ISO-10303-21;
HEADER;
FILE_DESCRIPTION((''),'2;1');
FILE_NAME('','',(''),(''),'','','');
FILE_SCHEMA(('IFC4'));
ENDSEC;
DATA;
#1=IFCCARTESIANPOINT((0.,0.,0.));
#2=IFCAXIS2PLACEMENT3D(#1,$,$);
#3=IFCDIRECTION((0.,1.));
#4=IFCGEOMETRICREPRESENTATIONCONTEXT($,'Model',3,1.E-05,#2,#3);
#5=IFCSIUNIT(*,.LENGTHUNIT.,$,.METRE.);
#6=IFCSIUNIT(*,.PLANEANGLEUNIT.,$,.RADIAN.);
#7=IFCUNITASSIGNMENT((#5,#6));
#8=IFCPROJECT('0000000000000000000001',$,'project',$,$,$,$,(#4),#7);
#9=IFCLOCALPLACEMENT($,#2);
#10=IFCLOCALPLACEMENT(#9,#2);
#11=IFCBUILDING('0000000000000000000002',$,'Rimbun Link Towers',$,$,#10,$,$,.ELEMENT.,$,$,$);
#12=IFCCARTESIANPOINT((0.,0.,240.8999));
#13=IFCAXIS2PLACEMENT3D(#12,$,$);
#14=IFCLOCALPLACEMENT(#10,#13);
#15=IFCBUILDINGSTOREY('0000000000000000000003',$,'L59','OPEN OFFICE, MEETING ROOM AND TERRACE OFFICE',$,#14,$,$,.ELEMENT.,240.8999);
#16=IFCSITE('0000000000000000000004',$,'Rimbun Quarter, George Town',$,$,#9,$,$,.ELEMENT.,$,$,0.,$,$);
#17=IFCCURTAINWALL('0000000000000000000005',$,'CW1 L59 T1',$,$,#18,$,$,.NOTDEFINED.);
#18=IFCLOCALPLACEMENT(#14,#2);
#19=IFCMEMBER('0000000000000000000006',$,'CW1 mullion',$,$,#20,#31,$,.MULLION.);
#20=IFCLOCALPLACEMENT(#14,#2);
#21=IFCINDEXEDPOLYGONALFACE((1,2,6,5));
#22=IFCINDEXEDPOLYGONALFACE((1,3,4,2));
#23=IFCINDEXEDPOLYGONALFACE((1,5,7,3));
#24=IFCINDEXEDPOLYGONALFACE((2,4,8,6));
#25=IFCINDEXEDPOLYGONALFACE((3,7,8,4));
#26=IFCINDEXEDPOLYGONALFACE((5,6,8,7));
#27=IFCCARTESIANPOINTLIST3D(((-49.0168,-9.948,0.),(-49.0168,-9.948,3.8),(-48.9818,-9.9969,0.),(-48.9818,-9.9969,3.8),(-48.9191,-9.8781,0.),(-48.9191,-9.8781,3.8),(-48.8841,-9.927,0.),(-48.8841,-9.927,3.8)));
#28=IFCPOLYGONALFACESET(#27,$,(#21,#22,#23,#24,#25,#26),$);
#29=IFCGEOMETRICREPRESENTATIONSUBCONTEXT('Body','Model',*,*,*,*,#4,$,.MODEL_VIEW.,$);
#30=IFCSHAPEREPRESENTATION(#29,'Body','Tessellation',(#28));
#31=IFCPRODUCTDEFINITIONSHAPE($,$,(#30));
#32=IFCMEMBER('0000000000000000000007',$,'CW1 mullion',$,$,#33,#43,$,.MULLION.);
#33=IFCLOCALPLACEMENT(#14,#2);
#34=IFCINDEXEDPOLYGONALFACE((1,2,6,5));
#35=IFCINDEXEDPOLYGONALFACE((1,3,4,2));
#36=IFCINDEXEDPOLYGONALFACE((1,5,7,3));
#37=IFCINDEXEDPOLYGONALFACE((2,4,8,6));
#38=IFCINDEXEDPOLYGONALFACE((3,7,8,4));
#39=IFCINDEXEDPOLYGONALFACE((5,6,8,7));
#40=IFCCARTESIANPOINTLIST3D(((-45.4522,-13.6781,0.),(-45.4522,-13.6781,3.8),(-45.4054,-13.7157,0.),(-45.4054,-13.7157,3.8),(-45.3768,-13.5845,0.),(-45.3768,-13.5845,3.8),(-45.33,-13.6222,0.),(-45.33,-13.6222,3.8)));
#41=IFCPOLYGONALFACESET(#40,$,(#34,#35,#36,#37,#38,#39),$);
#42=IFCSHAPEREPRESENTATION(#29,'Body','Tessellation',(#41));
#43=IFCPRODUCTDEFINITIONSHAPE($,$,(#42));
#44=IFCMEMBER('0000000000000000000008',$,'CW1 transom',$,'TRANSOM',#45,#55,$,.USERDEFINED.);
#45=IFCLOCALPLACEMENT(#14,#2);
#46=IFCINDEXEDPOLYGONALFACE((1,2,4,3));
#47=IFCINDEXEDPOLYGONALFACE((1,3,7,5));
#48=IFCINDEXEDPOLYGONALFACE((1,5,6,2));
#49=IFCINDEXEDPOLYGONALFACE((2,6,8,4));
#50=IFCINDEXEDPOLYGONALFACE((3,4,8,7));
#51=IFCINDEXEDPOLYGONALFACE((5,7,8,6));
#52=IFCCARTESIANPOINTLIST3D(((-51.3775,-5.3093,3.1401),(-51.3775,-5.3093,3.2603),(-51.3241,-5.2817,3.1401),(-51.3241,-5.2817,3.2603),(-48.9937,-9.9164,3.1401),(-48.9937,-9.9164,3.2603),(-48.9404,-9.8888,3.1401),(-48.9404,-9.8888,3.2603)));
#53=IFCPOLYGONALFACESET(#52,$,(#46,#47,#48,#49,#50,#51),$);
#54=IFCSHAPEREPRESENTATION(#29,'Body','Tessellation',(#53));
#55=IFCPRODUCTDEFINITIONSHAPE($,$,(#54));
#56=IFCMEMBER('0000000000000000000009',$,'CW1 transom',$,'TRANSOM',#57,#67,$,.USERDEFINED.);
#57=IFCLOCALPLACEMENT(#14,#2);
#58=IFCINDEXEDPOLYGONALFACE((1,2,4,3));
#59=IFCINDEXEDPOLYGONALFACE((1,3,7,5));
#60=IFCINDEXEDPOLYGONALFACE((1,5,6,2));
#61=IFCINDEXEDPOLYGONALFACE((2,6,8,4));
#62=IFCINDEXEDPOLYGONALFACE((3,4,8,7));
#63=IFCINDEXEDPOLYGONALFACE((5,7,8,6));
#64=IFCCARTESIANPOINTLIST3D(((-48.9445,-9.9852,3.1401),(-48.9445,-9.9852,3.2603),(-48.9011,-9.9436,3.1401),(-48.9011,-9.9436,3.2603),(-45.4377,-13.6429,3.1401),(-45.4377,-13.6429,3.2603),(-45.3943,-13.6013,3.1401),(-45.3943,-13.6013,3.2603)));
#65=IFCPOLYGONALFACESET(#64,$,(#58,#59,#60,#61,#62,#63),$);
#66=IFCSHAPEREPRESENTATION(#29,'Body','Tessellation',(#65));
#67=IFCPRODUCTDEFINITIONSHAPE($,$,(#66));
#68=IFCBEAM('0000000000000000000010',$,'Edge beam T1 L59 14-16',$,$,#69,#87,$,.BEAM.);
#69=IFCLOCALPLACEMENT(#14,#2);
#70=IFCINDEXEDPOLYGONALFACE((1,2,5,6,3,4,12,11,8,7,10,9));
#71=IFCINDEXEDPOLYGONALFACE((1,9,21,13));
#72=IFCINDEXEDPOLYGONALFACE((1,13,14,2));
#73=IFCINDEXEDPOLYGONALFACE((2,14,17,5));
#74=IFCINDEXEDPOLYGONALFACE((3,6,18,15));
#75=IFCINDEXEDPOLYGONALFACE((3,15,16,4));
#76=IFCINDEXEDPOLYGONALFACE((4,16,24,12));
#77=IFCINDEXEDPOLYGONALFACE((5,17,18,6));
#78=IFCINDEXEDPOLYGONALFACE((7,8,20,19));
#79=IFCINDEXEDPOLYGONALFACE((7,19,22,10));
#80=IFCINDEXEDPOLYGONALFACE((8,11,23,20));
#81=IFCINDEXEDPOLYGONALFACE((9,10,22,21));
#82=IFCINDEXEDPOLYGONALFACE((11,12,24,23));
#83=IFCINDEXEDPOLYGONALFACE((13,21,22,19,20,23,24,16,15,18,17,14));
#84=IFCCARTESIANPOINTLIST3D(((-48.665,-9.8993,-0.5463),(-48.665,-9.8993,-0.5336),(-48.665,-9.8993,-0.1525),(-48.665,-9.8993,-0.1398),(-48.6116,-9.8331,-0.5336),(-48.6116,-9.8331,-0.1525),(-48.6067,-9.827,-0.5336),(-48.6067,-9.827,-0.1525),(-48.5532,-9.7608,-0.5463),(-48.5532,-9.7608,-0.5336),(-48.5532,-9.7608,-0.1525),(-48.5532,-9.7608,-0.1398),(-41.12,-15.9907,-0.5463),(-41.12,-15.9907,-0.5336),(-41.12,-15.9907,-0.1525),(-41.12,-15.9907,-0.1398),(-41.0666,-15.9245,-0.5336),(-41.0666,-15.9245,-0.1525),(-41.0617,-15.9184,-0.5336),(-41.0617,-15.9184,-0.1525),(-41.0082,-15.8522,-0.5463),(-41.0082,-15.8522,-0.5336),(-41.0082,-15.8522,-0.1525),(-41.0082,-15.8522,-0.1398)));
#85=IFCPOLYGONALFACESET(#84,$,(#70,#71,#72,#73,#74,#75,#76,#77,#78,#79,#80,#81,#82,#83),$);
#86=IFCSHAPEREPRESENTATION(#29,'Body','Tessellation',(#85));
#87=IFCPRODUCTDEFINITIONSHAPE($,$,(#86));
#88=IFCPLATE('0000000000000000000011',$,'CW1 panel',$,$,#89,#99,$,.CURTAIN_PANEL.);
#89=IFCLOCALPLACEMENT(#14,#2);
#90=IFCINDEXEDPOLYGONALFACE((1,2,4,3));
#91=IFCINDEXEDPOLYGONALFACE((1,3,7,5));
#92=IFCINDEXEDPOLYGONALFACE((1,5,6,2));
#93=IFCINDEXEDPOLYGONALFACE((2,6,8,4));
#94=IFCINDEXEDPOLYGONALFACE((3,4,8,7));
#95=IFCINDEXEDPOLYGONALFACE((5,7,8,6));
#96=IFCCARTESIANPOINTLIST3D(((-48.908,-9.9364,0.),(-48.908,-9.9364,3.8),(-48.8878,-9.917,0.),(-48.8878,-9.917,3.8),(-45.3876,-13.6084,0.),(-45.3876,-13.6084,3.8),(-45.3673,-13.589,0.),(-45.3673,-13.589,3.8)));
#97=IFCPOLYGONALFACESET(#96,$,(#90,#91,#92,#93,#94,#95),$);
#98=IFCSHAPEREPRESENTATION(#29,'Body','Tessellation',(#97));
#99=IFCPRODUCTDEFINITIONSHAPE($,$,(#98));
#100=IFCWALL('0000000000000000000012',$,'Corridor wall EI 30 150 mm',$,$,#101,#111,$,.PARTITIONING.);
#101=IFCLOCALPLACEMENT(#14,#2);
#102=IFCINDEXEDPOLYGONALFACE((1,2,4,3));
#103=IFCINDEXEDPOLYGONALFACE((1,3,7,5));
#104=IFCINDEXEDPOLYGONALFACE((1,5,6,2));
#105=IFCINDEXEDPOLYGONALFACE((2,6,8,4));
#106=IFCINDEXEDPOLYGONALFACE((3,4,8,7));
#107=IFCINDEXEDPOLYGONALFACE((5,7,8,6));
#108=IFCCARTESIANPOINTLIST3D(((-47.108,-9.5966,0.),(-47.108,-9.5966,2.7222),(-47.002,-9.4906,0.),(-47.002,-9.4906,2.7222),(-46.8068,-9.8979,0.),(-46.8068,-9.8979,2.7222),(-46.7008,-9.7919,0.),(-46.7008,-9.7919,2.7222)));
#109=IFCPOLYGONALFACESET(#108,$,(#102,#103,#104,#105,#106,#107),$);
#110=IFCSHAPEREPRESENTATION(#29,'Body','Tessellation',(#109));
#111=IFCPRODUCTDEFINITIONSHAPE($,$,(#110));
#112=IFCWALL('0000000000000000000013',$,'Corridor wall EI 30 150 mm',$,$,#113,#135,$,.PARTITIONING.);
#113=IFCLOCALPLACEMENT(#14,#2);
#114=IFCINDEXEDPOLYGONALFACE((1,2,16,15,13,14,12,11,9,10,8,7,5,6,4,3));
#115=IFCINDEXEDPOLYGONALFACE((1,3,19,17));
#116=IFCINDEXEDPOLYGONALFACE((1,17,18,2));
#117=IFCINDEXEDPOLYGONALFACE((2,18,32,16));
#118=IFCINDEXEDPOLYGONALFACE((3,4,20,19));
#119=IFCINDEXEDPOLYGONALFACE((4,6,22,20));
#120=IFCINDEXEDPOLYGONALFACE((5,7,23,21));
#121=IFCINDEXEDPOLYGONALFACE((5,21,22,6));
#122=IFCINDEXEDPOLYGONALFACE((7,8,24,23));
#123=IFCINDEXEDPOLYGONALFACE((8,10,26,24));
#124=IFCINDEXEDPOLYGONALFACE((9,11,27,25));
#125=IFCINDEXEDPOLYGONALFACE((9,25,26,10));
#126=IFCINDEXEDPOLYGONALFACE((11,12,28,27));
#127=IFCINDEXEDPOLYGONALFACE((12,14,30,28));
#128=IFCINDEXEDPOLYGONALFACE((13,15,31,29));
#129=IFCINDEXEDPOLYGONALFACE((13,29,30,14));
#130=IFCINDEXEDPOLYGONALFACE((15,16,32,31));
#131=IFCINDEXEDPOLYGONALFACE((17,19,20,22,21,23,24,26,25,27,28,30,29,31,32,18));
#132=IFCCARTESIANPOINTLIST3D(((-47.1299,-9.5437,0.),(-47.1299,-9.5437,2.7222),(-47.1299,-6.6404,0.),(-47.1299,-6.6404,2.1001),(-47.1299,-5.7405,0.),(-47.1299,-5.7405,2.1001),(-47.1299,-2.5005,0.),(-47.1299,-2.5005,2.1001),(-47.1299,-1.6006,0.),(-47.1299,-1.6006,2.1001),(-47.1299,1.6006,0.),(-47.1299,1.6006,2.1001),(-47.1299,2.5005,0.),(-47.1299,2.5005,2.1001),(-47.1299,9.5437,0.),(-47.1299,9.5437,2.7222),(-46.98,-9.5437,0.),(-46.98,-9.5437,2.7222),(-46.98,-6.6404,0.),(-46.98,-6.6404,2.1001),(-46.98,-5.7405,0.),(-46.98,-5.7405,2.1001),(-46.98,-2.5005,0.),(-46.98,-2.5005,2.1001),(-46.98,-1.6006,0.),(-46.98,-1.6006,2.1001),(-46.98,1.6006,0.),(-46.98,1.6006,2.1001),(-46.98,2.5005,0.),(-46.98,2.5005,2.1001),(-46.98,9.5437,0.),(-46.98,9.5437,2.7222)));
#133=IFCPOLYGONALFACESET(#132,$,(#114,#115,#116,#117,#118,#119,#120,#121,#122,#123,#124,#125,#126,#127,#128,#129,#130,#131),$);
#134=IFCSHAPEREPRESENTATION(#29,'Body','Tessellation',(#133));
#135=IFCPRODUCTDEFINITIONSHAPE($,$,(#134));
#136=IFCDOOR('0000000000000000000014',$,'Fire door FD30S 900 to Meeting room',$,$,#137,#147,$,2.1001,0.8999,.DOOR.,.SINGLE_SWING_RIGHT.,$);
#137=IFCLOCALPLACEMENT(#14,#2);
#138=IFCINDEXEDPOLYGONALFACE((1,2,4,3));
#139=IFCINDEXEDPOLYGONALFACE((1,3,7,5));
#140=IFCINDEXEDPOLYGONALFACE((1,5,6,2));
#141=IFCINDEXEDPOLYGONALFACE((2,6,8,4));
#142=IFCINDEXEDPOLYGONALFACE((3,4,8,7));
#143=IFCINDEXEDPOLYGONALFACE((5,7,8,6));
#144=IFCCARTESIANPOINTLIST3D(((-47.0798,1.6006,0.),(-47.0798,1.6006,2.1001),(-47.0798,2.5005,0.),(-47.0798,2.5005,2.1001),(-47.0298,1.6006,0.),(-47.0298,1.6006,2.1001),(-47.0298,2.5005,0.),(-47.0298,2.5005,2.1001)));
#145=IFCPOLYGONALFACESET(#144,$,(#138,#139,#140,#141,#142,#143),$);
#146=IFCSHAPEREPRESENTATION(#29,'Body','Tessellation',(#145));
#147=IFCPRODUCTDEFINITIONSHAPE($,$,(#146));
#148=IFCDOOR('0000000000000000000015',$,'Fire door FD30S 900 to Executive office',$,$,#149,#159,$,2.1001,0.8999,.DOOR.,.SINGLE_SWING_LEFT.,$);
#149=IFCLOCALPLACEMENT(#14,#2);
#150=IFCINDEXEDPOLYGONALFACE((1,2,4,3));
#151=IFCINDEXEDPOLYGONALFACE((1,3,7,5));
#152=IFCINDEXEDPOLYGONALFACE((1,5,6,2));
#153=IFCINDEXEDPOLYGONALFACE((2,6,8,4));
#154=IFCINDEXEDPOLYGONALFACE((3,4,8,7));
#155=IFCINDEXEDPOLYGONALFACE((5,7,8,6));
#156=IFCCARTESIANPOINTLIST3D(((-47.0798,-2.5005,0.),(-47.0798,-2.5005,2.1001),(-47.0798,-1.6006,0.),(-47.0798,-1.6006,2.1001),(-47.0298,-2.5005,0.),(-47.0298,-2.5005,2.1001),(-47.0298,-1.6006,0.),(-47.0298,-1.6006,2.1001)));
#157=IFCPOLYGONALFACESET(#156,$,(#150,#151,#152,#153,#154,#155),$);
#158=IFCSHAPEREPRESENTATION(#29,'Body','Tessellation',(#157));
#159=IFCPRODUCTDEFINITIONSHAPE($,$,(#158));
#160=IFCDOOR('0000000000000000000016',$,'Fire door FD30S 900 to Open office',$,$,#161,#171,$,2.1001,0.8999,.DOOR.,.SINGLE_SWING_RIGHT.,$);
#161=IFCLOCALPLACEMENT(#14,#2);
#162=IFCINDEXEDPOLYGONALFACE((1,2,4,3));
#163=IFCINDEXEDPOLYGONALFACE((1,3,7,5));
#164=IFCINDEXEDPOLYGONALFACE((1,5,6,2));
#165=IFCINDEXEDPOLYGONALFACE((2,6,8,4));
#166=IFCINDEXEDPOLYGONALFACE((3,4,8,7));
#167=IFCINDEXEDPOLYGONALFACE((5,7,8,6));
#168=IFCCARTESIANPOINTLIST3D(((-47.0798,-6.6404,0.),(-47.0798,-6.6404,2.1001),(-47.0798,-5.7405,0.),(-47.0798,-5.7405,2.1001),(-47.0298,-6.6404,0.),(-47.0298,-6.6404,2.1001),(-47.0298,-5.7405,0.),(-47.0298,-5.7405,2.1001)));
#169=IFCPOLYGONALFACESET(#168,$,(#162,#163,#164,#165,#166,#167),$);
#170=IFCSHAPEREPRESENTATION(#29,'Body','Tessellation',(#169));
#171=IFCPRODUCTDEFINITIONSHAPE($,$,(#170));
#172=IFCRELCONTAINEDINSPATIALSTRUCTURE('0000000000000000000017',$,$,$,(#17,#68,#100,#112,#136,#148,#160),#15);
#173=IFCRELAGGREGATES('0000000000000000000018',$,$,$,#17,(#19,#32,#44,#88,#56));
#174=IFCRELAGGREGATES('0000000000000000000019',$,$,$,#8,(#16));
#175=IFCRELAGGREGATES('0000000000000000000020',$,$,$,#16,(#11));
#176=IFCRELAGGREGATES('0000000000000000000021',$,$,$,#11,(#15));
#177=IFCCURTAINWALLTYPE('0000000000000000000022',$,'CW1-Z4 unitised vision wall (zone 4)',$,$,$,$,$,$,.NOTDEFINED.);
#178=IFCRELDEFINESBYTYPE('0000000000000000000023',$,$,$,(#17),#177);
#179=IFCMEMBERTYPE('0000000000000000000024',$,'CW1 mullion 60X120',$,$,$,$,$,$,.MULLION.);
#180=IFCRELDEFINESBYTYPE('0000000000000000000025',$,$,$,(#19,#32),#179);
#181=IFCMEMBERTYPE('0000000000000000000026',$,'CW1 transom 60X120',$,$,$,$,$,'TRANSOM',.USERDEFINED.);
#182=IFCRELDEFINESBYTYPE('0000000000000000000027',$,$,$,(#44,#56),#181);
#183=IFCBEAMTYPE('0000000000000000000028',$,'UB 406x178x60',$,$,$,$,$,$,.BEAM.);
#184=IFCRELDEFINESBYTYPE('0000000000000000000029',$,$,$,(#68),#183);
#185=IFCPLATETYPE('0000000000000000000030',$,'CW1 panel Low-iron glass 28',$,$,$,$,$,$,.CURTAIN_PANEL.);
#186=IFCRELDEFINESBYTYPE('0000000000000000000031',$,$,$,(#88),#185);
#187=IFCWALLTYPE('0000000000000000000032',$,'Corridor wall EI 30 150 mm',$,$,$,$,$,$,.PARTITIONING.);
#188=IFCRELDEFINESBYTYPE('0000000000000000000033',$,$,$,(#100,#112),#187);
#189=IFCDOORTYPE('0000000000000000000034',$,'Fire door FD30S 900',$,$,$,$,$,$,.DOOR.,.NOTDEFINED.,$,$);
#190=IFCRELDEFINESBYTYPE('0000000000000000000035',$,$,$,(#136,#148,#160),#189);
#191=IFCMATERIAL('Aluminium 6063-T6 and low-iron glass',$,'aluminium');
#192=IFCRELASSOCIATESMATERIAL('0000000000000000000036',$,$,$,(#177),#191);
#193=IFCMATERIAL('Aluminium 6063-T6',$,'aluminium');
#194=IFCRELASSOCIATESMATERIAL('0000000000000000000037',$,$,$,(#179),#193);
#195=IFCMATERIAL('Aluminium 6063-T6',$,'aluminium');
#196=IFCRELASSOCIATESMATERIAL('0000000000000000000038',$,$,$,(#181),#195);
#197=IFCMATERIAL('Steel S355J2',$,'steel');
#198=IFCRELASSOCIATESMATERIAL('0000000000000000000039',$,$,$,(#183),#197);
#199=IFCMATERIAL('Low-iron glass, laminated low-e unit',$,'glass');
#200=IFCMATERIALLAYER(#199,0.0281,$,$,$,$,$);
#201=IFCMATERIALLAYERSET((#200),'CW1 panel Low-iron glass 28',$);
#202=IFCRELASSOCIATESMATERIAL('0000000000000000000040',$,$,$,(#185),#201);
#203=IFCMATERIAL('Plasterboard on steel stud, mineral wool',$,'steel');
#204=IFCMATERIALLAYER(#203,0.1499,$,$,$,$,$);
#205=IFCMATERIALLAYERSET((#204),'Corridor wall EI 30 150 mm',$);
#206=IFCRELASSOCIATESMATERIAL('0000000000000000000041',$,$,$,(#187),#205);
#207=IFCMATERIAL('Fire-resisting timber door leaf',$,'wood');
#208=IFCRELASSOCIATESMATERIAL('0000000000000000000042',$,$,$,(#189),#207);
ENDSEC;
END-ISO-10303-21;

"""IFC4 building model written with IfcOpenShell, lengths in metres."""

from ifc_helpers import new_model, si_unit, direction, frame, frame_2d, origin, origin_2d, place, context, subcontext, project, spatial, rectangle, i_section, extrude, material, layer, layer_set, material_profile, profile_set, type_object, element, fill, aggregate, save


model = new_model("IFC4")

# Units and contexts
model_context = context("Model", 3, precision=1e-05, world=origin(), true_north=direction((0.0, 1.0)))
body_context = subcontext(model_context, "Body", "Model", "MODEL_VIEW")
ifc_project = project(units=[si_unit("LENGTHUNIT", "METRE"), si_unit("PLANEANGLEUNIT", "RADIAN")], contexts=[model_context])

# Site, building, storey
site_placement = place(None, origin())
site = spatial("IfcSite", under=ifc_project, at=site_placement, Name="Rimbun Quarter, George Town", CompositionType="ELEMENT", RefElevation=0.0)
building_placement = place(site_placement, origin())
building = spatial("IfcBuilding", under=site, at=building_placement, Name="Rimbun Link Towers", CompositionType="ELEMENT")
storey_placement = place(building_placement, frame((0.0, 0.0, 240.8999)))
storey = spatial("IfcBuildingStorey", under=building, at=storey_placement, Name="L59", Description="OPEN OFFICE, MEETING ROOM AND TERRACE OFFICE", CompositionType="ELEMENT", Elevation=240.8999)

# Curtain wall, members
ifc_material_1 = material(Name="Aluminium 6063-T6 and low-iron glass", Category="aluminium")
curtain_wall_type = type_object("IfcCurtainWallType", Name="CW1-Z4 unitised vision wall (zone 4)", PredefinedType="NOTDEFINED", material=ifc_material_1)
curtain_wall_placement = place(storey_placement, origin())
curtain_wall = element("IfcCurtainWall", 1, at=curtain_wall_placement, inside=storey, type_object=curtain_wall_type, Name="CW1 L59 T1", PredefinedType="NOTDEFINED")
ifc_material_2 = material(Name="Aluminium 6063-T6", Category="aluminium")
ifc_material_profile_1 = material_profile(ifc_material_2, rectangle(XDim=0.1201, YDim=0.0601, at=origin_2d()), Name="MULLION 60X120")
ifc_profile_set_1 = profile_set([ifc_material_profile_1], Name="Aluminium 6063-T6")
member_type_1 = type_object("IfcMemberType", Name="CW1 mullion 60X120", PredefinedType="MULLION", material=ifc_profile_set_1)
member_1_placement = place(storey_placement, frame((-48.9504, -9.9375, 0.0), z_axis=(0.0, 0.0, 1.0), x_axis=(-0.813348, -0.581778, 0.0)))
member_1 = element("IfcMember", 2, at=member_1_placement, type_object=member_type_1, Name="CW1 mullion", PredefinedType="MULLION", context=body_context, shape_type="SweptSolid", body=[
    extrude(rectangle(XDim=0.1201, YDim=0.0601, at=origin_2d()), origin(), (0.0, 0.0, 1.0), 3.8),
])
member_2_placement = place(storey_placement, frame((-45.3911, -13.6501, 0.0), z_axis=(0.0, 0.0, 1.0), x_axis=(-0.627668, -0.778481, 0.0)))
member_2 = element("IfcMember", 3, at=member_2_placement, type_object=member_type_1, Name="CW1 mullion", PredefinedType="MULLION", context=body_context, shape_type="SweptSolid", body=[
    extrude(rectangle(XDim=0.1201, YDim=0.0601, at=origin_2d()), origin(), (0.0, 0.0, 1.0), 3.8),
])
ifc_material_3 = material(Name="Aluminium 6063-T6", Category="aluminium")
ifc_material_profile_2 = material_profile(ifc_material_3, rectangle(XDim=0.0601, YDim=0.1201, at=origin_2d()), Name="TRANSOM 60X120")
ifc_profile_set_2 = profile_set([ifc_material_profile_2], Name="Aluminium 6063-T6")
member_type_2 = type_object("IfcMemberType", Name="CW1 transom 60X120", ElementType="TRANSOM", PredefinedType="USERDEFINED", material=ifc_profile_set_2)
member_3_placement = place(storey_placement, frame((-48.967, -9.9026, 3.2002), z_axis=(-0.459539, 0.888157, 0.0), x_axis=(-0.888157, -0.459539, 0.0)))
member_3 = element("IfcMember", 4, at=member_3_placement, type_object=member_type_2, Name="CW1 transom", ObjectType="TRANSOM", PredefinedType="USERDEFINED", context=body_context, shape_type="SweptSolid", body=[
    extrude(rectangle(XDim=0.0601, YDim=0.1201, at=origin_2d()), origin(), (0.0, 0.0, 1.0), 5.1873),
])
member_4_placement = place(storey_placement, frame((-45.416, -13.6221, 3.2002), z_axis=(-0.692062, 0.721838, 0.0), x_axis=(-0.721838, -0.692062, 0.0)))
member_4 = element("IfcMember", 5, at=member_4_placement, type_object=member_type_2, Name="CW1 transom", ObjectType="TRANSOM", PredefinedType="USERDEFINED", context=body_context, shape_type="SweptSolid", body=[
    extrude(rectangle(XDim=0.0601, YDim=0.1201, at=origin_2d()), origin(), (0.0, 0.0, 1.0), 5.0671),
])

# Beam
ifc_material_4 = material(Name="Steel S355J2", Category="steel")
ifc_material_profile_3 = material_profile(ifc_material_4, i_section(OverallWidth=0.178, OverallDepth=0.4065, WebThickness=0.0078, FlangeThickness=0.0127, at=origin_2d()), Name="UB 406x178x60")
ifc_profile_set_3 = profile_set([ifc_material_profile_3], Name="Steel S355J2")
beam_type = type_object("IfcBeamType", Name="UB 406x178x60", PredefinedType="BEAM", material=ifc_profile_set_3)
beam_placement = place(storey_placement, frame((-48.6091, -9.8301, -0.343), z_axis=(0.778076, -0.628171, 0.0), x_axis=(0.628171, 0.778076, 0.0)))
element("IfcBeam", 6, at=beam_placement, inside=storey, type_object=beam_type, Name="Edge beam T1 L59 14-16", PredefinedType="BEAM", context=body_context, shape_type="SweptSolid", body=[
    extrude(i_section(OverallWidth=0.178, OverallDepth=0.4065, WebThickness=0.0078, FlangeThickness=0.0127, at=origin_2d()), origin(), (0.0, 0.0, 1.0), 9.697),
])

# Plate
ifc_material_5 = material(Name="Low-iron glass, laminated low-e unit", Category="glass")
ifc_layer_1 = layer(ifc_material_5, 0.0281)
ifc_layer_set_1 = layer_set([ifc_layer_1], Name="CW1 panel Low-iron glass 28")
plate_type = type_object("IfcPlateType", Name="CW1 panel Low-iron glass 28", PredefinedType="CURTAIN_PANEL", material=ifc_layer_set_1)
plate_placement = place(storey_placement, frame((-47.1377, -11.7627, 0.0), z_axis=(0.0, 0.0, 1.0), x_axis=(-0.692058, 0.721842, 0.0)))
plate = element("IfcPlate", 7, at=plate_placement, type_object=plate_type, Name="CW1 panel", PredefinedType="CURTAIN_PANEL", context=body_context, shape_type="SweptSolid", body=[
    extrude(rectangle(XDim=5.0869, YDim=0.0281, at=origin_2d()), origin(), (0.0, 0.0, 1.0), 3.8),
])
aggregate(curtain_wall, [member_1, member_2, member_3, plate, member_4])

# Wall
ifc_material_6 = material(Name="Plasterboard on steel stud, mineral wool", Category="steel")
ifc_layer_2 = layer(ifc_material_6, 0.1499)
ifc_layer_set_2 = layer_set([ifc_layer_2], Name="Corridor wall EI 30 150 mm")
wall_type_1 = type_object("IfcWallType", Name="Corridor wall EI 30 150 mm", PredefinedType="PARTITIONING", material=ifc_layer_set_2)
wall_1_placement = place(storey_placement, frame((-47.0549, -9.5437, 0.0), z_axis=(0.0, 0.0, 1.0), x_axis=(0.707107, -0.707107, 0.0)))
element("IfcWall", 8, at=wall_1_placement, inside=storey, type_object=wall_type_1, Name="Corridor wall EI 30 150 mm", PredefinedType="PARTITIONING", context=body_context, shape_type="SweptSolid", body=[
    extrude(rectangle(XDim=0.426, YDim=0.1499, at=frame_2d((0.2129, 0.0))), origin(), (0.0, 0.0, 1.0), 2.7222),
])

# Wall, openings, doors
wall_2_placement = place(storey_placement, frame((-47.0549, -9.5437, 0.0), z_axis=(0.0, 0.0, 1.0), x_axis=(0.0, 1.0, 0.0)))
wall_2 = element("IfcWall", 9, at=wall_2_placement, inside=storey, type_object=wall_type_1, Name="Corridor wall EI 30 150 mm", PredefinedType="PARTITIONING", context=body_context, shape_type="SweptSolid", body=[
    extrude(rectangle(XDim=19.0874, YDim=0.1499, at=frame_2d((9.5437, 0.0))), origin(), (0.0, 0.0, 1.0), 2.7222),
])
opening_1_placement = place(wall_2_placement, frame((11.1443, 0.0, 0.0)))
opening_1 = element("IfcOpeningElement", 10, at=opening_1_placement, cuts=wall_2, PredefinedType="OPENING", context=body_context, shape_type="SweptSolid", body=[
    extrude(rectangle(XDim=0.8999, YDim=2.1001, at=frame_2d((0.45, 1.05))), frame((0.0, 0.085, 0.0), z_axis=(0.0, -1.0, 0.0), x_axis=(1.0, 0.0, 0.0)), (0.0, 0.0, 1.0), 0.1699),
])
opening_2_placement = place(wall_2_placement, frame((7.0432, 0.0, 0.0)))
opening_2 = element("IfcOpeningElement", 11, at=opening_2_placement, cuts=wall_2, PredefinedType="OPENING", context=body_context, shape_type="SweptSolid", body=[
    extrude(rectangle(XDim=0.8999, YDim=2.1001, at=frame_2d((0.45, 1.05))), frame((0.0, 0.085, 0.0), z_axis=(0.0, -1.0, 0.0), x_axis=(1.0, 0.0, 0.0)), (0.0, 0.0, 1.0), 0.1699),
])
opening_3_placement = place(wall_2_placement, frame((2.9033, 0.0, 0.0)))
opening_3 = element("IfcOpeningElement", 12, at=opening_3_placement, cuts=wall_2, PredefinedType="OPENING", context=body_context, shape_type="SweptSolid", body=[
    extrude(rectangle(XDim=0.8999, YDim=2.1001, at=frame_2d((0.45, 1.05))), frame((0.0, 0.085, 0.0), z_axis=(0.0, -1.0, 0.0), x_axis=(1.0, 0.0, 0.0)), (0.0, 0.0, 1.0), 0.1699),
])
ifc_material_7 = material(Name="Fire-resisting timber door leaf", Category="wood")
door_type = type_object("IfcDoorType", Name="Fire door FD30S 900", OperationType="NOTDEFINED", PredefinedType="DOOR", material=ifc_material_7)
door_1_placement = place(opening_1_placement, origin())
door_1 = element("IfcDoor", 13, at=door_1_placement, inside=storey, type_object=door_type, Name="Fire door FD30S 900 to Meeting room", OperationType="SINGLE_SWING_RIGHT", OverallHeight=2.1001, OverallWidth=0.8999, PredefinedType="DOOR", context=body_context, shape_type="SweptSolid", body=[
    extrude(rectangle(XDim=0.8999, YDim=2.1001, at=frame_2d((0.45, 1.05))), frame((0.0, 0.0249, 0.0), z_axis=(0.0, -1.0, 0.0), x_axis=(1.0, 0.0, 0.0)), (0.0, 0.0, 1.0), 0.05),
])
fill(opening_1, door_1)
door_2_placement = place(opening_2_placement, origin())
door_2 = element("IfcDoor", 14, at=door_2_placement, inside=storey, type_object=door_type, Name="Fire door FD30S 900 to Executive office", OperationType="SINGLE_SWING_LEFT", OverallHeight=2.1001, OverallWidth=0.8999, PredefinedType="DOOR", context=body_context, shape_type="SweptSolid", body=[
    extrude(rectangle(XDim=0.8999, YDim=2.1001, at=frame_2d((0.45, 1.05))), frame((0.0, 0.0249, 0.0), z_axis=(0.0, -1.0, 0.0), x_axis=(1.0, 0.0, 0.0)), (0.0, 0.0, 1.0), 0.05),
])
fill(opening_2, door_2)
door_3_placement = place(opening_3_placement, origin())
door_3 = element("IfcDoor", 15, at=door_3_placement, inside=storey, type_object=door_type, Name="Fire door FD30S 900 to Open office", OperationType="SINGLE_SWING_RIGHT", OverallHeight=2.1001, OverallWidth=0.8999, PredefinedType="DOOR", context=body_context, shape_type="SweptSolid", body=[
    extrude(rectangle(XDim=0.8999, YDim=2.1001, at=frame_2d((0.45, 1.05))), frame((0.0, 0.0249, 0.0), z_axis=(0.0, -1.0, 0.0), x_axis=(1.0, 0.0, 0.0)), (0.0, 0.0, 1.0), 0.05),
])
fill(opening_3, door_3)

save(model, "model.ifc")
